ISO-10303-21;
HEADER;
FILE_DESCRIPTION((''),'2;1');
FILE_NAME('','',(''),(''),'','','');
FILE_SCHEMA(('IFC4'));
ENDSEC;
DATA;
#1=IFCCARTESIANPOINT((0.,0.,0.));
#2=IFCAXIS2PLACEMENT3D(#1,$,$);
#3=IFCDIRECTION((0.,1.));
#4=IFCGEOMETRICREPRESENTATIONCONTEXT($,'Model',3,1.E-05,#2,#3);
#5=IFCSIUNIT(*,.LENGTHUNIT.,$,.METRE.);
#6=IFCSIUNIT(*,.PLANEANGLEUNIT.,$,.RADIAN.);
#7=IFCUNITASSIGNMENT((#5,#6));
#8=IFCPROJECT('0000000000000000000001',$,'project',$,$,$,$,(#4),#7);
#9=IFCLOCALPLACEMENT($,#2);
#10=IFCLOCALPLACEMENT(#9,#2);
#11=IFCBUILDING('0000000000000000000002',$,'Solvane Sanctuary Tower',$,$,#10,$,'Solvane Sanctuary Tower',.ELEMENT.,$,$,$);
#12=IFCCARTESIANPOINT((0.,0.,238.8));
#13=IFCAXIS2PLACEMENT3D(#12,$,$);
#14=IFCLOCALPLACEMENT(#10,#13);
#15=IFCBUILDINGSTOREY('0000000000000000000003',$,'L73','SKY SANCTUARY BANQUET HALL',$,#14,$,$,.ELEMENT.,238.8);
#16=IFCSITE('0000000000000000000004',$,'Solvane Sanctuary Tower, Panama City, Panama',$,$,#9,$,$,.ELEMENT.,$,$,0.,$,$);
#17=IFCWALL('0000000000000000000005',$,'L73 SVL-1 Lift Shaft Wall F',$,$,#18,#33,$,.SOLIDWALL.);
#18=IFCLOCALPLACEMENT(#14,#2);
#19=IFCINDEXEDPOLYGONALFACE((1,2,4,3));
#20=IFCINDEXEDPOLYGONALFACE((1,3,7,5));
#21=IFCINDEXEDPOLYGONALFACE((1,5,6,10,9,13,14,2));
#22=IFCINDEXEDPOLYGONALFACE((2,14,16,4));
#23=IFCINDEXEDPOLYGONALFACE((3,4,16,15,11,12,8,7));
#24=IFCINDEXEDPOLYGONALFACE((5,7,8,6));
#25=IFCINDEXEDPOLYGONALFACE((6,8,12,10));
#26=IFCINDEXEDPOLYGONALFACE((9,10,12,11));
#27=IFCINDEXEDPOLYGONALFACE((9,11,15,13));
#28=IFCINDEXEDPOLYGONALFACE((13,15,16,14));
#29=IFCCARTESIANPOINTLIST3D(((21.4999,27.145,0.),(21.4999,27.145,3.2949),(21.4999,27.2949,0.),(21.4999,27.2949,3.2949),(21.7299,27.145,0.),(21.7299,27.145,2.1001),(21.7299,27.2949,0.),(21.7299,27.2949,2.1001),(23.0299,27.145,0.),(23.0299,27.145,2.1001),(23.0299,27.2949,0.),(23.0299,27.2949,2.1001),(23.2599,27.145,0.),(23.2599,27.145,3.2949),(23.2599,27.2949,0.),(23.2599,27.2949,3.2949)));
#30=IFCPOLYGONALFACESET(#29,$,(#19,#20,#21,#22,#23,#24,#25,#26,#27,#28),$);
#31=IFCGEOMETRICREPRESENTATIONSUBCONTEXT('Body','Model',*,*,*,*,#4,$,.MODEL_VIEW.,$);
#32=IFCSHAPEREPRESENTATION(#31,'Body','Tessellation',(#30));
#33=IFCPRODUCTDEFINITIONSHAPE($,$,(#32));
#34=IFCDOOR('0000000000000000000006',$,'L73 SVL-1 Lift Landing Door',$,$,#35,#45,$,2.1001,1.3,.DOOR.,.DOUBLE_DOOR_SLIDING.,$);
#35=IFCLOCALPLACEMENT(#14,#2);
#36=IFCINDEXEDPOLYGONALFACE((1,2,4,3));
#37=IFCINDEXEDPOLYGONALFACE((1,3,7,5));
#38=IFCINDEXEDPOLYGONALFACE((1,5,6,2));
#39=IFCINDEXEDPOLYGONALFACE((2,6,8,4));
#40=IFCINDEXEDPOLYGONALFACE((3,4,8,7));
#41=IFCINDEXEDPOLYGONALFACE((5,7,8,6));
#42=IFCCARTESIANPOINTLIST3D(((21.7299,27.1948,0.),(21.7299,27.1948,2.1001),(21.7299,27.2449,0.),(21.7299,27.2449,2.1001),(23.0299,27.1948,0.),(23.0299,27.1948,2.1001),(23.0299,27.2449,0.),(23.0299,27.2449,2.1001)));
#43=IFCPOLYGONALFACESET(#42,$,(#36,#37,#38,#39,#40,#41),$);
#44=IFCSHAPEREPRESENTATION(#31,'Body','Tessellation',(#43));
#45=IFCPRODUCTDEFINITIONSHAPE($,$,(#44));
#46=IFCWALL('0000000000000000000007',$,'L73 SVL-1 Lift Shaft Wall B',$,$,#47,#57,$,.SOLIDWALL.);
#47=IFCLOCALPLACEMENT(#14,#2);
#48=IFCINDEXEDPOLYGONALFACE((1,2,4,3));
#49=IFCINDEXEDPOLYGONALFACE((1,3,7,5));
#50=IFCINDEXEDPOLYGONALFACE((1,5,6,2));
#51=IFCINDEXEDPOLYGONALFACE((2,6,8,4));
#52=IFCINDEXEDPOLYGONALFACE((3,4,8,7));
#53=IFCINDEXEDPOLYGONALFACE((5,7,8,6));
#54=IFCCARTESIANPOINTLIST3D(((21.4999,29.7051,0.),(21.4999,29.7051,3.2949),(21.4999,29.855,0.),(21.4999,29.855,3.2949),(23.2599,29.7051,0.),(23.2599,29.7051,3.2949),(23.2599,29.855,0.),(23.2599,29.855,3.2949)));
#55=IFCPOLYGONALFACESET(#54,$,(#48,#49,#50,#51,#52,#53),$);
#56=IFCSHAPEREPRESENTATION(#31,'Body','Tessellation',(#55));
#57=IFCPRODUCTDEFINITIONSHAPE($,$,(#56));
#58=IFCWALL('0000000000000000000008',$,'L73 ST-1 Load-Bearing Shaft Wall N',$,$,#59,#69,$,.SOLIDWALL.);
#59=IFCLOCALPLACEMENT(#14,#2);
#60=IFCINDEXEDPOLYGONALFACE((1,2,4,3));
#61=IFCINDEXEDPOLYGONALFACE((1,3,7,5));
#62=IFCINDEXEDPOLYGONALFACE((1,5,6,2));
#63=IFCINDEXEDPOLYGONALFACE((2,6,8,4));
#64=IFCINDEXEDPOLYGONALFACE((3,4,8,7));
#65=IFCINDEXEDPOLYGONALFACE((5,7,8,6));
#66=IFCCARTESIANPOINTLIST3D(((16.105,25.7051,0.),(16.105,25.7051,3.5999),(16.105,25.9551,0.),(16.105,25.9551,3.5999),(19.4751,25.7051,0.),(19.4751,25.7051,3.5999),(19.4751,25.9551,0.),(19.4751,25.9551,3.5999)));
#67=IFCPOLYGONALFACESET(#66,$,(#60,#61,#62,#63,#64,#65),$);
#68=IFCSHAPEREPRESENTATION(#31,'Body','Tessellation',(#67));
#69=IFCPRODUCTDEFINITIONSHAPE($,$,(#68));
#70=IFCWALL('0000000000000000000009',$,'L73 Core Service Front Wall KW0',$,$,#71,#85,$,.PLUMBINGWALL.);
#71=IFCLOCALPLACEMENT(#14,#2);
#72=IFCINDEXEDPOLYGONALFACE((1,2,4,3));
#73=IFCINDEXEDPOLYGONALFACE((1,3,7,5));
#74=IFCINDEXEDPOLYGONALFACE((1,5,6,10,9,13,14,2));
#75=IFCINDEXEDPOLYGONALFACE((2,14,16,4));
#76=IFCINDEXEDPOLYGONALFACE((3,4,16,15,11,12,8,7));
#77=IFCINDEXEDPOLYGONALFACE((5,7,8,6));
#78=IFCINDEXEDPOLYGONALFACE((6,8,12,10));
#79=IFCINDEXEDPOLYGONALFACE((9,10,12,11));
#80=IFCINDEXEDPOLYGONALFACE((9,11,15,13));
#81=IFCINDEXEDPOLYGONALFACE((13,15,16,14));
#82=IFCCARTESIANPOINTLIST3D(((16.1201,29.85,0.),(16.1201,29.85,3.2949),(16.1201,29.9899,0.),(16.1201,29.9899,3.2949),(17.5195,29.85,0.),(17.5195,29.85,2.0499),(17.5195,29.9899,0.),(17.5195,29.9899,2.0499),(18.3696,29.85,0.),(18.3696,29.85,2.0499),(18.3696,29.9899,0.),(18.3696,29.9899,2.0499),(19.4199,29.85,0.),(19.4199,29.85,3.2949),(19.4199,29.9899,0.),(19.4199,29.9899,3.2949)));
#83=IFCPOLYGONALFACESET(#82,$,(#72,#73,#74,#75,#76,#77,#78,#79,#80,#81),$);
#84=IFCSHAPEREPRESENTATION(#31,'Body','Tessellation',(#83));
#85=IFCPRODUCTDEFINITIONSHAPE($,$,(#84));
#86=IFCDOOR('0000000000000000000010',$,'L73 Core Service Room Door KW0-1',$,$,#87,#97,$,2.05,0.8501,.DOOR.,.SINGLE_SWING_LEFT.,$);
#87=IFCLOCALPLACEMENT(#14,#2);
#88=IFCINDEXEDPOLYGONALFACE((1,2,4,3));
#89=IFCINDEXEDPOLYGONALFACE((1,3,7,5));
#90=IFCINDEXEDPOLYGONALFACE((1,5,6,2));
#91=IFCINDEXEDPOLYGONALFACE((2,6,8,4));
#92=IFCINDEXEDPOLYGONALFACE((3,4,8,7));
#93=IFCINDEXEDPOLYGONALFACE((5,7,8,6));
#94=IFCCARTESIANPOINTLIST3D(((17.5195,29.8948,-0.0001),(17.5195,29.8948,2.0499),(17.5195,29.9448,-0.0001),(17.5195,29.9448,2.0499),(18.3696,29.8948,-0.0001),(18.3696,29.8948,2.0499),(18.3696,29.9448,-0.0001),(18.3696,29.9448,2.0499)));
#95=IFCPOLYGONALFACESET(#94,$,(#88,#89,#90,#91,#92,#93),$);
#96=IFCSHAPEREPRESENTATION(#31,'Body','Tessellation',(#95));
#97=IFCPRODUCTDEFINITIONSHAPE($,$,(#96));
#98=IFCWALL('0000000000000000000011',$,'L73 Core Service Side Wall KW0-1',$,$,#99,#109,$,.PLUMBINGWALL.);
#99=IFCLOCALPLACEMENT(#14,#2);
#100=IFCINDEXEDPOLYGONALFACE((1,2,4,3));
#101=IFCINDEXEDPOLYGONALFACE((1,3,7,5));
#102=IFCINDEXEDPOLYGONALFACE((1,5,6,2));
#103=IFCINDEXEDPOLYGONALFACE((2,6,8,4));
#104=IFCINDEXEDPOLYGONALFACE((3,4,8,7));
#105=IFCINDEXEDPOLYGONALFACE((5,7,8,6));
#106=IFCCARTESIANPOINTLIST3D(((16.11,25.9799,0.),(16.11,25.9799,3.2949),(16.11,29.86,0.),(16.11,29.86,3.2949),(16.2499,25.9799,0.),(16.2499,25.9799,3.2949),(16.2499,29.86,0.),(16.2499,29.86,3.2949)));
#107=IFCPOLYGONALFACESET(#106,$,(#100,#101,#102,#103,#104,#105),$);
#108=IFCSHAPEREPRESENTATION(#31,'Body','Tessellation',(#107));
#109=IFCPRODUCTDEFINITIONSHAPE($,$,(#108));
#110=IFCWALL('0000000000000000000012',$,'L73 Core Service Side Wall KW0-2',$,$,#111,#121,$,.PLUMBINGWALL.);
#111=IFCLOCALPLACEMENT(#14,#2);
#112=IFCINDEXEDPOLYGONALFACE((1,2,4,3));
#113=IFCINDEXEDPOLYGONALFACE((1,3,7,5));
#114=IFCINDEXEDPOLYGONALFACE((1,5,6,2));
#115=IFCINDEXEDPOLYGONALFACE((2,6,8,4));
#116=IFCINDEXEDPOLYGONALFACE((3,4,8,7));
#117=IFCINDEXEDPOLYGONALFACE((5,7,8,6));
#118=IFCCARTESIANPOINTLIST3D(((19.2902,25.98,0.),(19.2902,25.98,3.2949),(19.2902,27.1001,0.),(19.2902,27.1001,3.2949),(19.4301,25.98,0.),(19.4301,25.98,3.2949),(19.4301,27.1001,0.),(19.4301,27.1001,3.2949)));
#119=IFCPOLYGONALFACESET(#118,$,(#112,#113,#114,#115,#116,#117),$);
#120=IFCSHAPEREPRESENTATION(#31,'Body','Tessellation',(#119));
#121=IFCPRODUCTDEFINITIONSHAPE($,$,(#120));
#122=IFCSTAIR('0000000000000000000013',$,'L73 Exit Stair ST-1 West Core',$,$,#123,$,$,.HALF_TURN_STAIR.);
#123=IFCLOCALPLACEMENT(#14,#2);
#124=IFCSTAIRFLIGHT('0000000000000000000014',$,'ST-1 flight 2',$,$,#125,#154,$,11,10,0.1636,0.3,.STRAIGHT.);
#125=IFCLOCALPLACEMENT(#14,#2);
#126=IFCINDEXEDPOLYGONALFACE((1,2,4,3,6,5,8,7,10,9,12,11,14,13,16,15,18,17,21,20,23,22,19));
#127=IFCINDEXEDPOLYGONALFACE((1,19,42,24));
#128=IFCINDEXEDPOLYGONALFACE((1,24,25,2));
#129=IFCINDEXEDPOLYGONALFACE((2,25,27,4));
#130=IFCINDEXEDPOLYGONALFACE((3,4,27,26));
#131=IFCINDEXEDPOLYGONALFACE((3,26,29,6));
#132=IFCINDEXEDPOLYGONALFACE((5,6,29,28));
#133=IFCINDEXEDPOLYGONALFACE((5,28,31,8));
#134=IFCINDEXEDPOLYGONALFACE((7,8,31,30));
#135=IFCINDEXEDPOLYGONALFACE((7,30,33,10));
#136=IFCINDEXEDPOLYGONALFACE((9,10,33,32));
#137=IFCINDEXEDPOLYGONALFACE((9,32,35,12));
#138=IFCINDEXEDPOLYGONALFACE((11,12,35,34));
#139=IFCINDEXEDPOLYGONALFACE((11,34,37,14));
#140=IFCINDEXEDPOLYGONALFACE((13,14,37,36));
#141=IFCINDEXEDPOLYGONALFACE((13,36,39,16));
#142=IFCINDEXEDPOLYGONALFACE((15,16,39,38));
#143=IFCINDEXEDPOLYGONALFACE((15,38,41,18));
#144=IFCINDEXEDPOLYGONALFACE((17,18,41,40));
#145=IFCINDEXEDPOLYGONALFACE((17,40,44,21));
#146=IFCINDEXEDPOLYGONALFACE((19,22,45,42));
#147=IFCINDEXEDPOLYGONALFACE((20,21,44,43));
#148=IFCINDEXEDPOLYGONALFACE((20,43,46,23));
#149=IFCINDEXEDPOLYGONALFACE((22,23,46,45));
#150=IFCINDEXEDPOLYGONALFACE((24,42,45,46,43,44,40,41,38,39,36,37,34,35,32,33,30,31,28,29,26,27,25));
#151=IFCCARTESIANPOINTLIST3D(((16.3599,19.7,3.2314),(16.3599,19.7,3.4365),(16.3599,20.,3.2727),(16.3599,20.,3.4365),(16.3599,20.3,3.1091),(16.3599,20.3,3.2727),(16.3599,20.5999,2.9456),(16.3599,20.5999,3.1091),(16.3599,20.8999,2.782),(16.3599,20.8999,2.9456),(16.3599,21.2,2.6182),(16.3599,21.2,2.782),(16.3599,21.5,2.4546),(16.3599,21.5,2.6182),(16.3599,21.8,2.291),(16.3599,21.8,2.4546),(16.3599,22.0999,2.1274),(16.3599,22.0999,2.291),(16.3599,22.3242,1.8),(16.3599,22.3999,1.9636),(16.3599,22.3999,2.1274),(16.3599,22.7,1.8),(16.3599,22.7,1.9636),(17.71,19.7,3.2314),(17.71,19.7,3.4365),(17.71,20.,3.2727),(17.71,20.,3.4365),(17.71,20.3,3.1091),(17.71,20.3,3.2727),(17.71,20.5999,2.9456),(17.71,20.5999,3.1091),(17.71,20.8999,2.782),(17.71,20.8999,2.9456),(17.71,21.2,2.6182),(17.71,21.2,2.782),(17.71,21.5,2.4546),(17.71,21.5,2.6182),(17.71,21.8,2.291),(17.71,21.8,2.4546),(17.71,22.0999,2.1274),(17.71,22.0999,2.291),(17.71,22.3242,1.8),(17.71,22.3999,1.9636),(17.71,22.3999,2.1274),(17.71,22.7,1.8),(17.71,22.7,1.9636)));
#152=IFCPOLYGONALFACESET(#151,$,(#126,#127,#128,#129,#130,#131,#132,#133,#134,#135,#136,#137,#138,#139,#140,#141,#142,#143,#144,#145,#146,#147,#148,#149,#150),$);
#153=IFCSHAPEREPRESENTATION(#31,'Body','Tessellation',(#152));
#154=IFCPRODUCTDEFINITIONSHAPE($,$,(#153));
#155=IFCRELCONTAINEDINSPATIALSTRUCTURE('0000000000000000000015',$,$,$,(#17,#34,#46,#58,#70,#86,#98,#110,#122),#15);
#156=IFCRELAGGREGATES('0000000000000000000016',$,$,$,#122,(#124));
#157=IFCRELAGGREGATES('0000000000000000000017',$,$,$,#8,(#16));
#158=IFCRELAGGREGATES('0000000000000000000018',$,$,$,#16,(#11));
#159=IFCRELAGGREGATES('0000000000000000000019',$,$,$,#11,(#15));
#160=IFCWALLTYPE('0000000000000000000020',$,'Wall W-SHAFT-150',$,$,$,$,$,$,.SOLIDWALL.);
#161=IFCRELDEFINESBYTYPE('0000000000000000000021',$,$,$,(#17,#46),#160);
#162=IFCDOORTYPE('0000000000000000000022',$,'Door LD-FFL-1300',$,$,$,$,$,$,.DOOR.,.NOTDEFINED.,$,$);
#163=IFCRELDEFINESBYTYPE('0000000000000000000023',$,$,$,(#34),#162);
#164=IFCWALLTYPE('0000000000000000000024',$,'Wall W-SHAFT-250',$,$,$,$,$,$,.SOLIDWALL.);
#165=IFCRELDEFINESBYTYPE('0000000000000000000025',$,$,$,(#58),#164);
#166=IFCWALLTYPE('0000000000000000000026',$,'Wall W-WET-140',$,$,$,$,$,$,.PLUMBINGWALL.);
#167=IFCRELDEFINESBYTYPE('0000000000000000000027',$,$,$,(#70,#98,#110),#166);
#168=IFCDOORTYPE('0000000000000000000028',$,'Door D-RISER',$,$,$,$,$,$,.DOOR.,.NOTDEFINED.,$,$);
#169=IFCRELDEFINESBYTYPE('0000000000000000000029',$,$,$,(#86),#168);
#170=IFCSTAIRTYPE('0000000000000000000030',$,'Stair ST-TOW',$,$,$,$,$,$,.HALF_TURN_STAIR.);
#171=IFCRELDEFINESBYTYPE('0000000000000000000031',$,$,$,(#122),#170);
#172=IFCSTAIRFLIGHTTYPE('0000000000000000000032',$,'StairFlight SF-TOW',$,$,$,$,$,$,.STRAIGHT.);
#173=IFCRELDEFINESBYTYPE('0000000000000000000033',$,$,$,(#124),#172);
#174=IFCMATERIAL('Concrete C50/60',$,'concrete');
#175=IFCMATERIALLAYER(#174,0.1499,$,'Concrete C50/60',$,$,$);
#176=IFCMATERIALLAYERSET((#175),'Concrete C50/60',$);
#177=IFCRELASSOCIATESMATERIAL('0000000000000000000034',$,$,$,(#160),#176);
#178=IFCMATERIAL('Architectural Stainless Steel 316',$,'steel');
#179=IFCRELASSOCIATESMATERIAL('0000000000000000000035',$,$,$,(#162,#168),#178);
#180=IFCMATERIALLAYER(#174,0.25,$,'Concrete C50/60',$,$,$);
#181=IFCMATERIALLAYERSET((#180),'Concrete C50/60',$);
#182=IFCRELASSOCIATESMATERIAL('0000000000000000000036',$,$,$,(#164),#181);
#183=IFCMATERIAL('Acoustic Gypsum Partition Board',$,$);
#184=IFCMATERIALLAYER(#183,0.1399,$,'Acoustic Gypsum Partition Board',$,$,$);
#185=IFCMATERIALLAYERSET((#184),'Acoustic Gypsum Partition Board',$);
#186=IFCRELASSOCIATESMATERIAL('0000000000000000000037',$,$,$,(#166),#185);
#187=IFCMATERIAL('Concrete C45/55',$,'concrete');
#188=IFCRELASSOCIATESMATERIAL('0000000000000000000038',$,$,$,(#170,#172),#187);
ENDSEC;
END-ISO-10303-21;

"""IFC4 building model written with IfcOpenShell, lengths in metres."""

from ifc_helpers import new_model, si_unit, direction, frame, frame_2d, origin, place, context, subcontext, project, spatial, polyline, rectangle, outline, extrude, material, layer, layer_set, type_object, element, fill, aggregate, save


model = new_model("IFC4")

# Units and contexts
model_context = context("Model", 3, precision=1e-05, world=origin(), true_north=direction((0.0, 1.0)))
body_context = subcontext(model_context, "Body", "Model", "MODEL_VIEW")
ifc_project = project(units=[si_unit("LENGTHUNIT", "METRE"), si_unit("PLANEANGLEUNIT", "RADIAN")], contexts=[model_context])

# Site, building, storey
site_placement = place(None, origin())
site = spatial("IfcSite", under=ifc_project, at=site_placement, Name="Solvane Sanctuary Tower, Panama City, Panama", CompositionType="ELEMENT", RefElevation=0.0)
building_placement = place(site_placement, origin())
building = spatial("IfcBuilding", under=site, at=building_placement, Name="Solvane Sanctuary Tower", LongName="Solvane Sanctuary Tower", CompositionType="ELEMENT")
storey_placement = place(building_placement, frame((0.0, 0.0, 238.8)))
storey = spatial("IfcBuildingStorey", under=building, at=storey_placement, Name="L73", Description="SKY SANCTUARY BANQUET HALL", CompositionType="ELEMENT", Elevation=238.8)

# Shared definitions
ifc_material_1 = material(Name="Concrete C50/60", Category="concrete")
ifc_material_2 = material(Name="Acoustic Gypsum Partition Board")

# Shared definitions
ifc_layer_1 = layer(ifc_material_1, 0.1499, Name="Concrete C50/60")
ifc_layer_set_1 = layer_set([ifc_layer_1], Name="Concrete C50/60")
wall_type_1 = type_object("IfcWallType", Name="Wall W-SHAFT-150", PredefinedType="SOLIDWALL", material=ifc_layer_set_1)

# Shared definitions
ifc_material_3 = material(Name="Architectural Stainless Steel 316", Category="steel")
door_type_1 = type_object("IfcDoorType", Name="Door LD-FFL-1300", OperationType="NOTDEFINED", PredefinedType="DOOR", material=ifc_material_3)

# Wall, opening, door
wall_1_placement = place(storey_placement, frame((21.5, 27.22, 0.0), z_axis=(0.0, 0.0, 1.0), x_axis=(1.0, 0.0, 0.0)))
wall_1 = element("IfcWall", 1, at=wall_1_placement, inside=storey, type_object=wall_type_1, Name="L73 SVL-1 Lift Shaft Wall F", PredefinedType="SOLIDWALL", context=body_context, shape_type="SweptSolid", body=[
    extrude(rectangle(XDim=1.76, YDim=0.1499, at=frame_2d((0.8799, 0.0))), origin(), (0.0, 0.0, 1.0), 3.2949),
])
opening_1_placement = place(wall_1_placement, frame((0.23, 0.0, 0.0)))
opening_1 = element("IfcOpeningElement", 2, at=opening_1_placement, cuts=wall_1, PredefinedType="OPENING", context=body_context, shape_type="SweptSolid", body=[
    extrude(rectangle(XDim=1.3, YDim=2.1001, at=frame_2d((0.6499, 1.05))), frame((0.0, 0.085, 0.0), z_axis=(0.0, -1.0, 0.0), x_axis=(1.0, 0.0, 0.0)), (0.0, 0.0, 1.0), 0.1699),
])
door_1_placement = place(opening_1_placement, origin())
door_1 = element("IfcDoor", 3, at=door_1_placement, inside=storey, type_object=door_type_1, Name="L73 SVL-1 Lift Landing Door", OperationType="DOUBLE_DOOR_SLIDING", OverallHeight=2.1001, OverallWidth=1.3, PredefinedType="DOOR", context=body_context, shape_type="SweptSolid", body=[
    extrude(rectangle(XDim=1.3, YDim=2.1001, at=frame_2d((0.6499, 1.05))), frame((0.0, 0.0249, 0.0), z_axis=(0.0, -1.0, 0.0), x_axis=(1.0, 0.0, 0.0)), (0.0, 0.0, 1.0), 0.05),
])
fill(opening_1, door_1)

# Walls
wall_2_placement = place(storey_placement, frame((21.5, 29.78, 0.0), z_axis=(0.0, 0.0, 1.0), x_axis=(1.0, 0.0, 0.0)))
element("IfcWall", 4, at=wall_2_placement, inside=storey, type_object=wall_type_1, Name="L73 SVL-1 Lift Shaft Wall B", PredefinedType="SOLIDWALL", context=body_context, shape_type="SweptSolid", body=[
    extrude(rectangle(XDim=1.76, YDim=0.1499, at=frame_2d((0.8799, 0.0))), origin(), (0.0, 0.0, 1.0), 3.2949),
])
ifc_layer_2 = layer(ifc_material_1, 0.25, Name="Concrete C50/60")
ifc_layer_set_2 = layer_set([ifc_layer_2], Name="Concrete C50/60")
wall_type_2 = type_object("IfcWallType", Name="Wall W-SHAFT-250", PredefinedType="SOLIDWALL", material=ifc_layer_set_2)
wall_3_placement = place(storey_placement, frame((16.105, 25.8301, 0.0), z_axis=(0.0, 0.0, 1.0), x_axis=(1.0, 0.0, 0.0)))
element("IfcWall", 5, at=wall_3_placement, inside=storey, type_object=wall_type_2, Name="L73 ST-1 Load-Bearing Shaft Wall N", PredefinedType="SOLIDWALL", context=body_context, shape_type="SweptSolid", body=[
    extrude(rectangle(XDim=3.3701, YDim=0.25, at=frame_2d((1.6851, 0.0))), origin(), (0.0, 0.0, 1.0), 3.5999),
])

# Wall, opening, door
ifc_layer_3 = layer(ifc_material_2, 0.1399, Name="Acoustic Gypsum Partition Board")
ifc_layer_set_3 = layer_set([ifc_layer_3], Name="Acoustic Gypsum Partition Board")
wall_type_3 = type_object("IfcWallType", Name="Wall W-WET-140", PredefinedType="PLUMBINGWALL", material=ifc_layer_set_3)
wall_4_placement = place(storey_placement, frame((16.1201, 29.9199, 0.0), z_axis=(0.0, 0.0, 1.0), x_axis=(1.0, 0.0, 0.0)))
wall_4 = element("IfcWall", 6, at=wall_4_placement, inside=storey, type_object=wall_type_3, Name="L73 Core Service Front Wall KW0", PredefinedType="PLUMBINGWALL", context=body_context, shape_type="SweptSolid", body=[
    extrude(rectangle(XDim=3.2998, YDim=0.1399, at=frame_2d((1.6499, 0.0))), origin(), (0.0, 0.0, 1.0), 3.2949),
])
opening_2_placement = place(wall_4_placement, frame((1.3994, 0.0, 0.0)))
opening_2 = element("IfcOpeningElement", 7, at=opening_2_placement, cuts=wall_4, PredefinedType="OPENING", context=body_context, shape_type="SweptSolid", body=[
    extrude(rectangle(XDim=0.8501, YDim=2.05, at=frame_2d((0.425, 1.0249))), frame((0.0, 0.0798, 0.0), z_axis=(0.0, -1.0, 0.0), x_axis=(1.0, 0.0, 0.0)), (0.0, 0.0, 1.0), 0.1599),
])
door_type_2 = type_object("IfcDoorType", Name="Door D-RISER", OperationType="NOTDEFINED", PredefinedType="DOOR", material=ifc_material_3)
door_2_placement = place(opening_2_placement, origin())
door_2 = element("IfcDoor", 8, at=door_2_placement, inside=storey, type_object=door_type_2, Name="L73 Core Service Room Door KW0-1", OperationType="SINGLE_SWING_LEFT", OverallHeight=2.05, OverallWidth=0.8501, PredefinedType="DOOR", context=body_context, shape_type="SweptSolid", body=[
    extrude(rectangle(XDim=0.8501, YDim=2.05, at=frame_2d((0.425, 1.0249))), frame((0.0, 0.0249, 0.0), z_axis=(0.0, -1.0, 0.0), x_axis=(1.0, 0.0, 0.0)), (0.0, 0.0, 1.0), 0.05),
])
fill(opening_2, door_2)

# Walls
wall_5_placement = place(storey_placement, frame((16.1799, 25.98, 0.0), z_axis=(0.0, 0.0, 1.0), x_axis=(0.0, 1.0, 0.0)))
element("IfcWall", 9, at=wall_5_placement, inside=storey, type_object=wall_type_3, Name="L73 Core Service Side Wall KW0-1", PredefinedType="PLUMBINGWALL", context=body_context, shape_type="SweptSolid", body=[
    extrude(rectangle(XDim=3.8801, YDim=0.1399, at=frame_2d((1.9399, 0.0))), origin(), (0.0, 0.0, 1.0), 3.2949),
])
wall_6_placement = place(storey_placement, frame((19.3601, 25.98, 0.0), z_axis=(0.0, 0.0, 1.0), x_axis=(0.0, 1.0, 0.0)))
element("IfcWall", 10, at=wall_6_placement, inside=storey, type_object=wall_type_3, Name="L73 Core Service Side Wall KW0-2", PredefinedType="PLUMBINGWALL", context=body_context, shape_type="SweptSolid", body=[
    extrude(rectangle(XDim=1.1201, YDim=0.1399, at=frame_2d((0.5601, 0.0))), origin(), (0.0, 0.0, 1.0), 3.2949),
])

# Stair, stair flight
ifc_material_4 = material(Name="Concrete C45/55", Category="concrete")
stair_type = type_object("IfcStairType", Name="Stair ST-TOW", PredefinedType="HALF_TURN_STAIR", material=ifc_material_4)
stair_placement = place(storey_placement, origin())
stair = element("IfcStair", 11, at=stair_placement, inside=storey, type_object=stair_type, Name="L73 Exit Stair ST-1 West Core", PredefinedType="HALF_TURN_STAIR")
stair_flight_type = type_object("IfcStairFlightType", Name="StairFlight SF-TOW", PredefinedType="STRAIGHT", material=ifc_material_4)
stair_flight_placement = place(storey_placement, frame((17.0349, 22.7, 1.8), z_axis=(0.0, 0.0, 1.0), x_axis=(0.0, -1.0, 0.0)))
stair_flight = element("IfcStairFlight", 12, at=stair_flight_placement, type_object=stair_flight_type, Name="ST-1 flight 2", NumberOfRisers=11, NumberOfTreads=10, PredefinedType="STRAIGHT", RiserHeight=0.1636, TreadLength=0.3, context=body_context, shape_type="SweptSolid", body=[
    extrude(outline(polyline([(0.0, 0.0), (0.0, 0.1636), (0.3, 0.1636), (0.3, 0.3274), (0.6001, 0.3274), (0.6001, 0.491), (0.8999, 0.491), (0.8999, 0.6545), (1.2, 0.6545), (1.2, 0.8181), (1.5, 0.8181), (1.5, 0.9819), (1.8, 0.9819), (1.8, 1.1455), (2.1001, 1.1455), (2.1001, 1.3091), (2.3999, 1.3091), (2.3999, 1.4727), (2.7, 1.4727), (2.7, 1.6365), (3.0, 1.6365), (3.0, 1.8), (3.0, 1.4314), (0.3757, 0.0), (0.0, 0.0)])), frame((0.0, 0.675, 0.0), z_axis=(0.0, -1.0, 0.0), x_axis=(1.0, 0.0, 0.0)), (0.0, 0.0, 1.0), 1.3501),
])
aggregate(stair, [stair_flight])

save(model, "model.ifc")
